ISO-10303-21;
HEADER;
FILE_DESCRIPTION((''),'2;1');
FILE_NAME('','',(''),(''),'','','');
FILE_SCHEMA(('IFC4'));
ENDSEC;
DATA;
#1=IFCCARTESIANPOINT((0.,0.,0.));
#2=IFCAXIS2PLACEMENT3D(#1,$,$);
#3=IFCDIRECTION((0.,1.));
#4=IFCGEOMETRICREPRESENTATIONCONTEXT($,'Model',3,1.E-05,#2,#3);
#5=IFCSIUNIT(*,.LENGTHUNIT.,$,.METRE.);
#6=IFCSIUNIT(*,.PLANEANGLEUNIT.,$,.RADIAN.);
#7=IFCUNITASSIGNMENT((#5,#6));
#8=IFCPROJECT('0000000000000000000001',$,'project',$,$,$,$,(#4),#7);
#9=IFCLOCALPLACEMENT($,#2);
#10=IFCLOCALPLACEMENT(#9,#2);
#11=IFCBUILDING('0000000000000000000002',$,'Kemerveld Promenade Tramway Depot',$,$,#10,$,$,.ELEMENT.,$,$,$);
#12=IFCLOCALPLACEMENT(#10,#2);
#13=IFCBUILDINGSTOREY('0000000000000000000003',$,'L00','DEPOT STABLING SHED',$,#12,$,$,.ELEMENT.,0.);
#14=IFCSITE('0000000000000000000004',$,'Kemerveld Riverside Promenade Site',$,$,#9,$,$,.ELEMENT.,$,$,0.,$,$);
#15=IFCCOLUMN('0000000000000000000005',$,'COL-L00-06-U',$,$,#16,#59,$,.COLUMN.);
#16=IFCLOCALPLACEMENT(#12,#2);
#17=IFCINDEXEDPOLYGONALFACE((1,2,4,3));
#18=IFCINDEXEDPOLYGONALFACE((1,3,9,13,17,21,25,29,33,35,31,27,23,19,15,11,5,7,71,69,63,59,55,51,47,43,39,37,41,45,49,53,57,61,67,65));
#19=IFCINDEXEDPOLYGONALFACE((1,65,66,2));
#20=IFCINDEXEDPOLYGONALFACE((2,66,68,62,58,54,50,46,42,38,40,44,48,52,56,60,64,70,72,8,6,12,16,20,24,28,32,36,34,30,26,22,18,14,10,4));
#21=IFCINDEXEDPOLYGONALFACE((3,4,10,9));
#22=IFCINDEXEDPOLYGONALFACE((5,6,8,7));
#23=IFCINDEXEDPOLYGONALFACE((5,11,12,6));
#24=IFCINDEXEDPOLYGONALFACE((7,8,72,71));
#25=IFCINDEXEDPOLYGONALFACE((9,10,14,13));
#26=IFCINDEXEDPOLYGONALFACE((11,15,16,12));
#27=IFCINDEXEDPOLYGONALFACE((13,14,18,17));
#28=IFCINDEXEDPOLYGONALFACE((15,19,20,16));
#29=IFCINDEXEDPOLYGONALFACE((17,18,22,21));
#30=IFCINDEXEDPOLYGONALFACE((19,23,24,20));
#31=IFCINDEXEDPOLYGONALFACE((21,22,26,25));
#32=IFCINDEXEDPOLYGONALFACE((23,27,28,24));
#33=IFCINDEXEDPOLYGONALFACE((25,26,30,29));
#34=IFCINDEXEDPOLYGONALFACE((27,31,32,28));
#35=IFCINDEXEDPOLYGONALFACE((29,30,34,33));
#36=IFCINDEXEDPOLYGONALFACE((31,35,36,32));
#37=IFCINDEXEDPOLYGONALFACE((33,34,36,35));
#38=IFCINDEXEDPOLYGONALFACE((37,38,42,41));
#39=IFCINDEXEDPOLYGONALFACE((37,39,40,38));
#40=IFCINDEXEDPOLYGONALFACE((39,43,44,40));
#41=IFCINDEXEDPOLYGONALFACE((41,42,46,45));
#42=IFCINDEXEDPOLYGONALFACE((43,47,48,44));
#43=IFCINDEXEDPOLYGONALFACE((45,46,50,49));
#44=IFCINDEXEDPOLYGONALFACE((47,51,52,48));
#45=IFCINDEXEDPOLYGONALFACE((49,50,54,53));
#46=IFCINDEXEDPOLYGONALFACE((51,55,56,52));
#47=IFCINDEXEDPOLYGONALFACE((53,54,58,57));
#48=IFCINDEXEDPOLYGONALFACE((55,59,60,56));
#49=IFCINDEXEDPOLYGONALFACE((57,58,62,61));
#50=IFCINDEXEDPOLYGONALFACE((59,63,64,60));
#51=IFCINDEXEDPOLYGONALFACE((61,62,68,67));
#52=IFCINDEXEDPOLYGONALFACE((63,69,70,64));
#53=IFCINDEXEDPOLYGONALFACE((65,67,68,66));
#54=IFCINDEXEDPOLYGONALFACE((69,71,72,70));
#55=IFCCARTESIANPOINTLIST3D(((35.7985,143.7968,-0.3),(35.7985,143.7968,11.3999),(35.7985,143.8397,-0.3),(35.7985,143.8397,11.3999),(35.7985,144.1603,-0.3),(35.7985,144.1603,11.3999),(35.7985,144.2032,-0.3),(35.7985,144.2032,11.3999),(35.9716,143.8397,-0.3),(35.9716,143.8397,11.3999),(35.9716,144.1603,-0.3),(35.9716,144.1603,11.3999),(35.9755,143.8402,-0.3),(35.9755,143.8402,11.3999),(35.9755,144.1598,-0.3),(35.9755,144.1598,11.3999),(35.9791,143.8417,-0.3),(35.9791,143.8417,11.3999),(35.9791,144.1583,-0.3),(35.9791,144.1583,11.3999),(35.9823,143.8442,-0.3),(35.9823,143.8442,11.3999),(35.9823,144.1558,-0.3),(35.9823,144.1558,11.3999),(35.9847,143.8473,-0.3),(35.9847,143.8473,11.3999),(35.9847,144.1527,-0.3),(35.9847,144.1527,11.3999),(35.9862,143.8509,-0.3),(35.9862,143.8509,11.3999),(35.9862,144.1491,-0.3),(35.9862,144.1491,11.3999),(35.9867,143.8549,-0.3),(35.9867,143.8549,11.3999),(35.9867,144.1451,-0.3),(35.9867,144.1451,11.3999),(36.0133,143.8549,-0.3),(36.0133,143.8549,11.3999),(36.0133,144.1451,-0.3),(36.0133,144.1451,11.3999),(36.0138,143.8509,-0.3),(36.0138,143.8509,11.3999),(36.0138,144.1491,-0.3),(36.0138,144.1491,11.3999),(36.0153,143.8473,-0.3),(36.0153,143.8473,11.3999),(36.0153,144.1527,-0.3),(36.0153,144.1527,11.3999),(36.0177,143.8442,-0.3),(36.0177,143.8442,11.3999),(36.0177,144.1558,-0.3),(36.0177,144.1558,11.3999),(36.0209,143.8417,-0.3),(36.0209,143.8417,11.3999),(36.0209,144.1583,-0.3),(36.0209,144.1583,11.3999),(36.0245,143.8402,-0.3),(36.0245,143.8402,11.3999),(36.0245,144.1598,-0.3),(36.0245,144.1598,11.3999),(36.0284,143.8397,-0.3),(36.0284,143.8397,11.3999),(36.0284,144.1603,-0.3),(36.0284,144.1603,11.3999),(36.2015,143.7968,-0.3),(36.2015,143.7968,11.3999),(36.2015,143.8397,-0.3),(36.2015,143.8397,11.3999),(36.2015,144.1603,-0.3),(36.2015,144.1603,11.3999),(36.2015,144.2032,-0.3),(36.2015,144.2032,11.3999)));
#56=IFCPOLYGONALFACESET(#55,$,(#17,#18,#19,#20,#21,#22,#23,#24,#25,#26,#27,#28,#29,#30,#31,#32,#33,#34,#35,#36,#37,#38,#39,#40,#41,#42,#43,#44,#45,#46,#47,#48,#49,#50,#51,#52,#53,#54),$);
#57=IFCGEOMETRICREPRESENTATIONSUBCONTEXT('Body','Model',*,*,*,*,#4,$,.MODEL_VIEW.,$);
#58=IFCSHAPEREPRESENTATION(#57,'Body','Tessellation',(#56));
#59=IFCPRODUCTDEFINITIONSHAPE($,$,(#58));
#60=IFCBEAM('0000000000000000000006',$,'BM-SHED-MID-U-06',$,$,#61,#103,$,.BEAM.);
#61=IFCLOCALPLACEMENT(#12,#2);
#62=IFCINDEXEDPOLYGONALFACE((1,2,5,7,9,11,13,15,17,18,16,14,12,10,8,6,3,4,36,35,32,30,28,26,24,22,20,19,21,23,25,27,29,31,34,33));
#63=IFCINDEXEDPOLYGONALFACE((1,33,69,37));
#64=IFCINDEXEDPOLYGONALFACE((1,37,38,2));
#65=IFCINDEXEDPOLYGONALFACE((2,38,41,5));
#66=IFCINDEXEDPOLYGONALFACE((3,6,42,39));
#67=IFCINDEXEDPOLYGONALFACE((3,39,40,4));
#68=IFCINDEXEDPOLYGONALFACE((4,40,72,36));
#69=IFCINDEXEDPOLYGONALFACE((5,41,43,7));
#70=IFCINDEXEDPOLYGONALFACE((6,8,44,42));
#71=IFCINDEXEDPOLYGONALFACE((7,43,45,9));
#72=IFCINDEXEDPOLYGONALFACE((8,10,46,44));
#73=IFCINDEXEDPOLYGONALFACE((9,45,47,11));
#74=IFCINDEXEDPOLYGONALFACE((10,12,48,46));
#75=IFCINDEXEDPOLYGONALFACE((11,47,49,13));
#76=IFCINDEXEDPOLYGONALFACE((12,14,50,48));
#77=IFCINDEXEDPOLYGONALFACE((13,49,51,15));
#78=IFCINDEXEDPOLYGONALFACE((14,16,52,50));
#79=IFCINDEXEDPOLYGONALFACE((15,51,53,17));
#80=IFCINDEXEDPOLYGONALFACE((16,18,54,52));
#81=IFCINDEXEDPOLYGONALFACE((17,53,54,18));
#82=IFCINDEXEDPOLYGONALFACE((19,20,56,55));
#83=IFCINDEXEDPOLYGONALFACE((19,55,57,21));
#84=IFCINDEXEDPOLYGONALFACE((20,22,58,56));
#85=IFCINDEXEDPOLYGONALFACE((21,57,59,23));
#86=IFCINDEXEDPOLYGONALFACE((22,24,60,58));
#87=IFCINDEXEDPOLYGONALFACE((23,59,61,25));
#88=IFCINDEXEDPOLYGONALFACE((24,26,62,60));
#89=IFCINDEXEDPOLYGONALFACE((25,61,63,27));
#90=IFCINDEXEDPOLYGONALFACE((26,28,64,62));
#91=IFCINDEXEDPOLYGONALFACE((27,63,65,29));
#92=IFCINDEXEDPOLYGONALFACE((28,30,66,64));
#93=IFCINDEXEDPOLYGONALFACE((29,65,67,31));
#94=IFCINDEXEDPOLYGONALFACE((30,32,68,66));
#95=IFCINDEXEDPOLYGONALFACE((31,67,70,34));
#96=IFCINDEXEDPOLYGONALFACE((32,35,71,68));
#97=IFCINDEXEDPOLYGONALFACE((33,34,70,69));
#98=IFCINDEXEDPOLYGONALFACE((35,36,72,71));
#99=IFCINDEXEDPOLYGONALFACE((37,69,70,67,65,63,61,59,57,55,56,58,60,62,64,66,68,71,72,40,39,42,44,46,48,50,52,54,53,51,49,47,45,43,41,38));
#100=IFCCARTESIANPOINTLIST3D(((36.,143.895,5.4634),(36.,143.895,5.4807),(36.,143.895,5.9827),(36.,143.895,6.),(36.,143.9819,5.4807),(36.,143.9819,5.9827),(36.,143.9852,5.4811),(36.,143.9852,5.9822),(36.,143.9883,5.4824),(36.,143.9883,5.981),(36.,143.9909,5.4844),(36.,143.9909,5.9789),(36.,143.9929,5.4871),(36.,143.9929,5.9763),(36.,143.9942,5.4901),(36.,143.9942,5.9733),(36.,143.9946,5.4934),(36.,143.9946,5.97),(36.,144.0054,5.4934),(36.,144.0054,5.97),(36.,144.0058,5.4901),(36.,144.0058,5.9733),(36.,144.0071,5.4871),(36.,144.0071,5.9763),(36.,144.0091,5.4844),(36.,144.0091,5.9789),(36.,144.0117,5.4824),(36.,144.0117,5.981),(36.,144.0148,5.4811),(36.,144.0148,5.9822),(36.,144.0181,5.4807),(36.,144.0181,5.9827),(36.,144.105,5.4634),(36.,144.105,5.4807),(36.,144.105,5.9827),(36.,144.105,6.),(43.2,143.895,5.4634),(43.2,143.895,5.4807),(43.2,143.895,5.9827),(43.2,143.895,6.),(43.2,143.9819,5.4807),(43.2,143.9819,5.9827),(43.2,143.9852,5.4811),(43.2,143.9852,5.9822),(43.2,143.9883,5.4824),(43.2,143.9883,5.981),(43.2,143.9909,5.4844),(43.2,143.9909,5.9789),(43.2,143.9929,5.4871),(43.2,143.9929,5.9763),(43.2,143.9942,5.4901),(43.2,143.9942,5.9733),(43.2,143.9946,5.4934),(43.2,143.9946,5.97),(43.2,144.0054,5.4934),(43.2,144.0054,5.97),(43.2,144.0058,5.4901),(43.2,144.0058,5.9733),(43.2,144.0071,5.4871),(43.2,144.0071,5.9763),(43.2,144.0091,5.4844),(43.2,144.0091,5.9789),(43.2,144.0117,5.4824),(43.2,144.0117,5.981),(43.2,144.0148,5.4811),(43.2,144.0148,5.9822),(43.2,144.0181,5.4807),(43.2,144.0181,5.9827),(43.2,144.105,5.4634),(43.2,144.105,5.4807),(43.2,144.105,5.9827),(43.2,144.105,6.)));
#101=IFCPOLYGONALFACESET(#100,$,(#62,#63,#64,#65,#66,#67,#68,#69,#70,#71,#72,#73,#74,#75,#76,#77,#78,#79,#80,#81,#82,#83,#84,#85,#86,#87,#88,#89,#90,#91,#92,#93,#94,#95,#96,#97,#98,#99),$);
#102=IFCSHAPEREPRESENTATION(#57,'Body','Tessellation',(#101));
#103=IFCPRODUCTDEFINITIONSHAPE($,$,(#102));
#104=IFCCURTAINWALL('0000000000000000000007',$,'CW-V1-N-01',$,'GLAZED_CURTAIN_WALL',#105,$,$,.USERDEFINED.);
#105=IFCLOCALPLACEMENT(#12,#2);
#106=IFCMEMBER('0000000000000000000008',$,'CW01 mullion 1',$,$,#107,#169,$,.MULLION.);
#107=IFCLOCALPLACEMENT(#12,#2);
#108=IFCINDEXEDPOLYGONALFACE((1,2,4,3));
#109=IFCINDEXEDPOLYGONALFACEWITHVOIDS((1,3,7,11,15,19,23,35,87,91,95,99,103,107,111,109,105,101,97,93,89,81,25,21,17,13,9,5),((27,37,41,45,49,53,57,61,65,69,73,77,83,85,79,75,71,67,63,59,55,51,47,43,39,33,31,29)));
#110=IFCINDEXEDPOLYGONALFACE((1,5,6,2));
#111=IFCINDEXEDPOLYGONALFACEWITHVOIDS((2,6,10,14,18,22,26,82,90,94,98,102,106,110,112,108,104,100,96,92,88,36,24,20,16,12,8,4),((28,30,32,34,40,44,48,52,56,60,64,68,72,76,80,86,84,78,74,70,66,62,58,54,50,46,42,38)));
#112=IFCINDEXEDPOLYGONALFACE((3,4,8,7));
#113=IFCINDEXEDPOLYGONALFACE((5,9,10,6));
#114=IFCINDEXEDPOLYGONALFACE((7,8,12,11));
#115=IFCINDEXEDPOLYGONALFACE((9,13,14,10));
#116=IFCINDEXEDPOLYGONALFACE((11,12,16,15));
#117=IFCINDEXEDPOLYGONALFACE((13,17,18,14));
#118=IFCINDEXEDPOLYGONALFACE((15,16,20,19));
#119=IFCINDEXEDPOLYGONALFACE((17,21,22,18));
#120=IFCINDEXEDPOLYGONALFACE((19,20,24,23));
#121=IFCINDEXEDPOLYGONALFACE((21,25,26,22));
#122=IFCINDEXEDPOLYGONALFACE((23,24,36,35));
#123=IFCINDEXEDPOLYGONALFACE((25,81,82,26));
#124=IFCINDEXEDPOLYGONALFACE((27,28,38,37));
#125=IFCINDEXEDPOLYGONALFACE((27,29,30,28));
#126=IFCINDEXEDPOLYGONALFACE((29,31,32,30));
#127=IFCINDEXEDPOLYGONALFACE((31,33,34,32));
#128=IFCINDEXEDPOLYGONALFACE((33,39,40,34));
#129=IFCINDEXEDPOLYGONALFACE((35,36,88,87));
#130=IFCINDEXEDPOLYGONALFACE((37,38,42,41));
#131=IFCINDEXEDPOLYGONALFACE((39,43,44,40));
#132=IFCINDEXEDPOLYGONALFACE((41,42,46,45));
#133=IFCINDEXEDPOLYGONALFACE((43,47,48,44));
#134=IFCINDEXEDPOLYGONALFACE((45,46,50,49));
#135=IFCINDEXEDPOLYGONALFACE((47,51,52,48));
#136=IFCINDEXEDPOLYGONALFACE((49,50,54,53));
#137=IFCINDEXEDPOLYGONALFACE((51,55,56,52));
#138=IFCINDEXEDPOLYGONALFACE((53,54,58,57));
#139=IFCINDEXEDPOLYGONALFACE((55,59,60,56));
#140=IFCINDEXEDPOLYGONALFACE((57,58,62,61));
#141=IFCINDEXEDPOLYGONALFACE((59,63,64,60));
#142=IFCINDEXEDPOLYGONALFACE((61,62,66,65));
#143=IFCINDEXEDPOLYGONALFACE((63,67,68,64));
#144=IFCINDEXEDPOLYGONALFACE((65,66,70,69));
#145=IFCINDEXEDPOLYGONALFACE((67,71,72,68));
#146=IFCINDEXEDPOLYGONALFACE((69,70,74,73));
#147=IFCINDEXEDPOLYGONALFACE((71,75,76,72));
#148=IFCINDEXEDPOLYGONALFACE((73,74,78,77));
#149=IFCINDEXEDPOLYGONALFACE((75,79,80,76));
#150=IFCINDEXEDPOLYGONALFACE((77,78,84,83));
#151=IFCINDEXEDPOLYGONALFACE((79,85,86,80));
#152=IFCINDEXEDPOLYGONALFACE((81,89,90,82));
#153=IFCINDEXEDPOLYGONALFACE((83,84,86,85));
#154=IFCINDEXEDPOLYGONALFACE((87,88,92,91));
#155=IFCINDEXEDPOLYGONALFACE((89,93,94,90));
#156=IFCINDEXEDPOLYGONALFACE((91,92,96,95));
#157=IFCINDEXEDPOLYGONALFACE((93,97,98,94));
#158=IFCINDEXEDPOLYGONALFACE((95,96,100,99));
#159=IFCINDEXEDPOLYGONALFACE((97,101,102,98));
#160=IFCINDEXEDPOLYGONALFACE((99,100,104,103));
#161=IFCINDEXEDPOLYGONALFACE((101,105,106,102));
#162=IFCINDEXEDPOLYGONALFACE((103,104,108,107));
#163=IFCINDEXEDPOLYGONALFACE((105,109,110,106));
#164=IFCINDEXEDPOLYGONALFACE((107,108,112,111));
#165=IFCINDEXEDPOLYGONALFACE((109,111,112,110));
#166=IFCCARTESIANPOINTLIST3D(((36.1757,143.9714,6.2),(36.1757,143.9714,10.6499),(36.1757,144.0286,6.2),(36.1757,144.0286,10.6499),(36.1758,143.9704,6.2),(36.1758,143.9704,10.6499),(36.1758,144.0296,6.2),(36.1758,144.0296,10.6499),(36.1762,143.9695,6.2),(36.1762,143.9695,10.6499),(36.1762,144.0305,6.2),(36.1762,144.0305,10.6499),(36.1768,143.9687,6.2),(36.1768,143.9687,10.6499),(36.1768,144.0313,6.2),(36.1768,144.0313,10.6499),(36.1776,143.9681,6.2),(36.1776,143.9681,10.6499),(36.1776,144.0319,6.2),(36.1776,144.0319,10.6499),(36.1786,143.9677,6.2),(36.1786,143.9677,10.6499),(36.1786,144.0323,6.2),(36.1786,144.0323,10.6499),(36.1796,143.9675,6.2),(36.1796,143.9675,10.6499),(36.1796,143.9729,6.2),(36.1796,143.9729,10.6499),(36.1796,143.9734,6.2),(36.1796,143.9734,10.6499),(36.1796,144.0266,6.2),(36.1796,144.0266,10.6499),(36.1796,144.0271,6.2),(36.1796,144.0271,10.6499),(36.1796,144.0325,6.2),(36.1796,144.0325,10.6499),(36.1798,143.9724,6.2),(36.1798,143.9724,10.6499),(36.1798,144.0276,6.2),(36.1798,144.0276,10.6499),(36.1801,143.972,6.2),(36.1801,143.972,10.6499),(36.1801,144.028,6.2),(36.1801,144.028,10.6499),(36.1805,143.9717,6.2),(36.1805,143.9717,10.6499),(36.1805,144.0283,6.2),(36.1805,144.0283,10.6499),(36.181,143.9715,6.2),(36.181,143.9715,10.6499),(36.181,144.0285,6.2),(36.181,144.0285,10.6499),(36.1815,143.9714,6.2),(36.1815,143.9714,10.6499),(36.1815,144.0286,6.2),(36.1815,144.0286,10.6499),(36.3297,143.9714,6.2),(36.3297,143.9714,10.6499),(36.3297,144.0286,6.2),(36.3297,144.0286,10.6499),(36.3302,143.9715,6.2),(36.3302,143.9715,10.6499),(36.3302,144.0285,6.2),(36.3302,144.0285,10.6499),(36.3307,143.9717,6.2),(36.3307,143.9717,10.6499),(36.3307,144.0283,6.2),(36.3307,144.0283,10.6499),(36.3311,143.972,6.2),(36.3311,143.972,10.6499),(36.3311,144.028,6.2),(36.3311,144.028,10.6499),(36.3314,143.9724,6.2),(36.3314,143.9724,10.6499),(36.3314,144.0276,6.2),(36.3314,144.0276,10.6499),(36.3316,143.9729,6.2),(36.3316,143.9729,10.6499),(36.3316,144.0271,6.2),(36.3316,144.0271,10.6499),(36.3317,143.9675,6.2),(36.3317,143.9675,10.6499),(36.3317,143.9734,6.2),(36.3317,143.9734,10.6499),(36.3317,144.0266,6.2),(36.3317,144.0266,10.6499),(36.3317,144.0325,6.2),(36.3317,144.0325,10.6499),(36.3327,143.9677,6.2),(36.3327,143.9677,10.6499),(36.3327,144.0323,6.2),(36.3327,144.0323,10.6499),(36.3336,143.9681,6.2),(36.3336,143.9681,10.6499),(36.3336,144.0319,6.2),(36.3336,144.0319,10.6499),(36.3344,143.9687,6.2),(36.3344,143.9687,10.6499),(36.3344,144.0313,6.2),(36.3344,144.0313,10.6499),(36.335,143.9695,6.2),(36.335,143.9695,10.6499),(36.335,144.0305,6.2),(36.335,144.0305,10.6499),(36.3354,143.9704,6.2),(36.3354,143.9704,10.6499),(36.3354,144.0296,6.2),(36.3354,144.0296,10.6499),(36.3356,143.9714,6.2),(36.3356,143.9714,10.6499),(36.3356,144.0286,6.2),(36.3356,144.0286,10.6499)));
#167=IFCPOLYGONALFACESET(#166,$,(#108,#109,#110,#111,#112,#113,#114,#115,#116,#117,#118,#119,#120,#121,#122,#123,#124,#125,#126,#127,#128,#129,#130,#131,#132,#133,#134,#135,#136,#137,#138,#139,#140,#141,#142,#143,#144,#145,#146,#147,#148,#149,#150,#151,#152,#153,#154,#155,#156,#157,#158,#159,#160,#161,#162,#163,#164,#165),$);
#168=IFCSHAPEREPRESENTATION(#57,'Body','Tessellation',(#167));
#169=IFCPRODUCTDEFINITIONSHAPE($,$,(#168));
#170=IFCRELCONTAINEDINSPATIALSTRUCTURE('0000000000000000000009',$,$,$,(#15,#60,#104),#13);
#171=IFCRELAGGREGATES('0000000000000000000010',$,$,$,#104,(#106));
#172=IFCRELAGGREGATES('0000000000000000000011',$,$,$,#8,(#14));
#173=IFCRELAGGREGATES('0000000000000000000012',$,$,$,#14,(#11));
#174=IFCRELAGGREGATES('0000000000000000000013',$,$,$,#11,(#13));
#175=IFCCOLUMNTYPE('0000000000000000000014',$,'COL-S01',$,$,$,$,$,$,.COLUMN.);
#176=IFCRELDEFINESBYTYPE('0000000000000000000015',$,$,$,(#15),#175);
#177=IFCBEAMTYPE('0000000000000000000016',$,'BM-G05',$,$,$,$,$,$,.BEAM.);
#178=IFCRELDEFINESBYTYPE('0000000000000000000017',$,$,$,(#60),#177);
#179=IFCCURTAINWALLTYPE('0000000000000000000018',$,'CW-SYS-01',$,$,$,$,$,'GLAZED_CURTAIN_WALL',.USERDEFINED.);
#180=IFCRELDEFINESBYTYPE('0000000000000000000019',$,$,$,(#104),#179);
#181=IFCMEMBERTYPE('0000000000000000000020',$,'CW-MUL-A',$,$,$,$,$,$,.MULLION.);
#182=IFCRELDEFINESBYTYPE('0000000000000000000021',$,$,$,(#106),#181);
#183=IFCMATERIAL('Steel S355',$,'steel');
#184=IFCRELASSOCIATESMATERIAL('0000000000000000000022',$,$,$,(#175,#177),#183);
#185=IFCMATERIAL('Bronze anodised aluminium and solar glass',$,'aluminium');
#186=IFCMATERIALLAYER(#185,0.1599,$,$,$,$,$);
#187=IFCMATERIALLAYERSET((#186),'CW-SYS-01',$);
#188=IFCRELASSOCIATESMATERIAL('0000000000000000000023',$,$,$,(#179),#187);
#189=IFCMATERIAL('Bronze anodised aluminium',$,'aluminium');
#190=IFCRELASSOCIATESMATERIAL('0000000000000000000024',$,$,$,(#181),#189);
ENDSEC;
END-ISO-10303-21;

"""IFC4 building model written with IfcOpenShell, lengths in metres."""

from ifc_helpers import new_model, si_unit, direction, frame, origin, origin_2d, place, context, subcontext, project, spatial, hollow_rectangle, i_section, extrude, material, layer, layer_set, material_profile, profile_set, type_object, element, aggregate, save


model = new_model("IFC4")

# Units and contexts
model_context = context("Model", 3, precision=1e-05, world=origin(), true_north=direction((0.0, 1.0)))
body_context = subcontext(model_context, "Body", "Model", "MODEL_VIEW")
ifc_project = project(units=[si_unit("LENGTHUNIT", "METRE"), si_unit("PLANEANGLEUNIT", "RADIAN")], contexts=[model_context])

# Site, building, storey
site_placement = place(None, origin())
site = spatial("IfcSite", under=ifc_project, at=site_placement, Name="Kemerveld Riverside Promenade Site", CompositionType="ELEMENT", RefElevation=0.0)
building_placement = place(site_placement, origin())
building = spatial("IfcBuilding", under=site, at=building_placement, Name="Kemerveld Promenade Tramway Depot", CompositionType="ELEMENT")
storey_placement = place(building_placement, origin())
storey = spatial("IfcBuildingStorey", under=building, at=storey_placement, Name="L00", Description="DEPOT STABLING SHED", CompositionType="ELEMENT", Elevation=0.0)

# Column
ifc_material_1 = material(Name="Steel S355", Category="steel")
ifc_material_profile_1 = material_profile(ifc_material_1, i_section(OverallWidth=0.4031, OverallDepth=0.4065, WebThickness=0.0266, FlangeThickness=0.043, FilletRadius=0.0151, at=origin_2d()), Name="356x406x340 UC")
ifc_profile_set_1 = profile_set([ifc_material_profile_1], Name="Steel S355")
column_type = type_object("IfcColumnType", Name="COL-S01", PredefinedType="COLUMN", material=ifc_profile_set_1)
column_placement = place(storey_placement, frame((36.0, 144.0, -0.3), z_axis=(0.0, 0.0, 1.0), x_axis=(1.0, 0.0, 0.0)))
element("IfcColumn", 1, at=column_placement, inside=storey, type_object=column_type, Name="COL-L00-06-U", PredefinedType="COLUMN", context=body_context, shape_type="SweptSolid", body=[
    extrude(i_section(OverallWidth=0.4031, OverallDepth=0.4065, WebThickness=0.0266, FlangeThickness=0.043, FilletRadius=0.0151, at=origin_2d()), origin(), (0.0, 0.0, 1.0), 11.7),
])

# Beam
ifc_material_profile_2 = material_profile(ifc_material_1, i_section(OverallWidth=0.21, OverallDepth=0.5366, WebThickness=0.0107, FlangeThickness=0.0173, FilletRadius=0.0127, at=origin_2d()), Name="533x210x101 UB")
ifc_profile_set_2 = profile_set([ifc_material_profile_2], Name="Steel S355")
beam_type = type_object("IfcBeamType", Name="BM-G05", PredefinedType="BEAM", material=ifc_profile_set_2)
beam_placement = place(storey_placement, frame((36.0, 144.0, 5.7317), z_axis=(1.0, 0.0, 0.0), x_axis=(0.0, 1.0, 0.0)))
element("IfcBeam", 2, at=beam_placement, inside=storey, type_object=beam_type, Name="BM-SHED-MID-U-06", PredefinedType="BEAM", context=body_context, shape_type="SweptSolid", body=[
    extrude(i_section(OverallWidth=0.21, OverallDepth=0.5366, WebThickness=0.0107, FlangeThickness=0.0173, FilletRadius=0.0127, at=origin_2d()), origin(), (0.0, 0.0, 1.0), 7.2),
])

# Curtain wall, member
ifc_material_2 = material(Name="Bronze anodised aluminium and solar glass", Category="aluminium")
ifc_layer_1 = layer(ifc_material_2, 0.1599)
ifc_layer_set_1 = layer_set([ifc_layer_1], Name="CW-SYS-01")
curtain_wall_type_1 = type_object("IfcCurtainWallType", Name="CW-SYS-01", ElementType="GLAZED_CURTAIN_WALL", PredefinedType="USERDEFINED", material=ifc_layer_set_1)
curtain_wall_1_placement = place(storey_placement, origin())
curtain_wall_1 = element("IfcCurtainWall", 3, at=curtain_wall_1_placement, inside=storey, type_object=curtain_wall_type_1, Name="CW-V1-N-01", ObjectType="GLAZED_CURTAIN_WALL", PredefinedType="USERDEFINED")
ifc_material_3 = material(Name="Bronze anodised aluminium", Category="aluminium")
ifc_material_profile_3 = material_profile(ifc_material_3, hollow_rectangle(XDim=0.0649, YDim=0.1599, WallThickness=0.0039, InnerFilletRadius=0.002, OuterFilletRadius=0.0039, at=origin_2d()), Name="CW-MUL-160x65")
ifc_profile_set_3 = profile_set([ifc_material_profile_3], Name="Bronze anodised aluminium")
member_type_1 = type_object("IfcMemberType", Name="CW-MUL-A", PredefinedType="MULLION", material=ifc_profile_set_3)
member_1_placement = place(storey_placement, frame((36.2556, 144.0, 6.2), z_axis=(0.0, 0.0, 1.0), x_axis=(0.0, 1.0, 0.0)))
member_1 = element("IfcMember", 4, at=member_1_placement, type_object=member_type_1, Name="CW01 mullion 1", PredefinedType="MULLION", context=body_context, shape_type="SweptSolid", body=[
    extrude(hollow_rectangle(XDim=0.0649, YDim=0.1599, WallThickness=0.0039, InnerFilletRadius=0.002, OuterFilletRadius=0.0039, at=origin_2d()), origin(), (0.0, 0.0, 1.0), 4.45),
])

aggregate(curtain_wall_1, [member_1])

save(model, "model.ifc")
